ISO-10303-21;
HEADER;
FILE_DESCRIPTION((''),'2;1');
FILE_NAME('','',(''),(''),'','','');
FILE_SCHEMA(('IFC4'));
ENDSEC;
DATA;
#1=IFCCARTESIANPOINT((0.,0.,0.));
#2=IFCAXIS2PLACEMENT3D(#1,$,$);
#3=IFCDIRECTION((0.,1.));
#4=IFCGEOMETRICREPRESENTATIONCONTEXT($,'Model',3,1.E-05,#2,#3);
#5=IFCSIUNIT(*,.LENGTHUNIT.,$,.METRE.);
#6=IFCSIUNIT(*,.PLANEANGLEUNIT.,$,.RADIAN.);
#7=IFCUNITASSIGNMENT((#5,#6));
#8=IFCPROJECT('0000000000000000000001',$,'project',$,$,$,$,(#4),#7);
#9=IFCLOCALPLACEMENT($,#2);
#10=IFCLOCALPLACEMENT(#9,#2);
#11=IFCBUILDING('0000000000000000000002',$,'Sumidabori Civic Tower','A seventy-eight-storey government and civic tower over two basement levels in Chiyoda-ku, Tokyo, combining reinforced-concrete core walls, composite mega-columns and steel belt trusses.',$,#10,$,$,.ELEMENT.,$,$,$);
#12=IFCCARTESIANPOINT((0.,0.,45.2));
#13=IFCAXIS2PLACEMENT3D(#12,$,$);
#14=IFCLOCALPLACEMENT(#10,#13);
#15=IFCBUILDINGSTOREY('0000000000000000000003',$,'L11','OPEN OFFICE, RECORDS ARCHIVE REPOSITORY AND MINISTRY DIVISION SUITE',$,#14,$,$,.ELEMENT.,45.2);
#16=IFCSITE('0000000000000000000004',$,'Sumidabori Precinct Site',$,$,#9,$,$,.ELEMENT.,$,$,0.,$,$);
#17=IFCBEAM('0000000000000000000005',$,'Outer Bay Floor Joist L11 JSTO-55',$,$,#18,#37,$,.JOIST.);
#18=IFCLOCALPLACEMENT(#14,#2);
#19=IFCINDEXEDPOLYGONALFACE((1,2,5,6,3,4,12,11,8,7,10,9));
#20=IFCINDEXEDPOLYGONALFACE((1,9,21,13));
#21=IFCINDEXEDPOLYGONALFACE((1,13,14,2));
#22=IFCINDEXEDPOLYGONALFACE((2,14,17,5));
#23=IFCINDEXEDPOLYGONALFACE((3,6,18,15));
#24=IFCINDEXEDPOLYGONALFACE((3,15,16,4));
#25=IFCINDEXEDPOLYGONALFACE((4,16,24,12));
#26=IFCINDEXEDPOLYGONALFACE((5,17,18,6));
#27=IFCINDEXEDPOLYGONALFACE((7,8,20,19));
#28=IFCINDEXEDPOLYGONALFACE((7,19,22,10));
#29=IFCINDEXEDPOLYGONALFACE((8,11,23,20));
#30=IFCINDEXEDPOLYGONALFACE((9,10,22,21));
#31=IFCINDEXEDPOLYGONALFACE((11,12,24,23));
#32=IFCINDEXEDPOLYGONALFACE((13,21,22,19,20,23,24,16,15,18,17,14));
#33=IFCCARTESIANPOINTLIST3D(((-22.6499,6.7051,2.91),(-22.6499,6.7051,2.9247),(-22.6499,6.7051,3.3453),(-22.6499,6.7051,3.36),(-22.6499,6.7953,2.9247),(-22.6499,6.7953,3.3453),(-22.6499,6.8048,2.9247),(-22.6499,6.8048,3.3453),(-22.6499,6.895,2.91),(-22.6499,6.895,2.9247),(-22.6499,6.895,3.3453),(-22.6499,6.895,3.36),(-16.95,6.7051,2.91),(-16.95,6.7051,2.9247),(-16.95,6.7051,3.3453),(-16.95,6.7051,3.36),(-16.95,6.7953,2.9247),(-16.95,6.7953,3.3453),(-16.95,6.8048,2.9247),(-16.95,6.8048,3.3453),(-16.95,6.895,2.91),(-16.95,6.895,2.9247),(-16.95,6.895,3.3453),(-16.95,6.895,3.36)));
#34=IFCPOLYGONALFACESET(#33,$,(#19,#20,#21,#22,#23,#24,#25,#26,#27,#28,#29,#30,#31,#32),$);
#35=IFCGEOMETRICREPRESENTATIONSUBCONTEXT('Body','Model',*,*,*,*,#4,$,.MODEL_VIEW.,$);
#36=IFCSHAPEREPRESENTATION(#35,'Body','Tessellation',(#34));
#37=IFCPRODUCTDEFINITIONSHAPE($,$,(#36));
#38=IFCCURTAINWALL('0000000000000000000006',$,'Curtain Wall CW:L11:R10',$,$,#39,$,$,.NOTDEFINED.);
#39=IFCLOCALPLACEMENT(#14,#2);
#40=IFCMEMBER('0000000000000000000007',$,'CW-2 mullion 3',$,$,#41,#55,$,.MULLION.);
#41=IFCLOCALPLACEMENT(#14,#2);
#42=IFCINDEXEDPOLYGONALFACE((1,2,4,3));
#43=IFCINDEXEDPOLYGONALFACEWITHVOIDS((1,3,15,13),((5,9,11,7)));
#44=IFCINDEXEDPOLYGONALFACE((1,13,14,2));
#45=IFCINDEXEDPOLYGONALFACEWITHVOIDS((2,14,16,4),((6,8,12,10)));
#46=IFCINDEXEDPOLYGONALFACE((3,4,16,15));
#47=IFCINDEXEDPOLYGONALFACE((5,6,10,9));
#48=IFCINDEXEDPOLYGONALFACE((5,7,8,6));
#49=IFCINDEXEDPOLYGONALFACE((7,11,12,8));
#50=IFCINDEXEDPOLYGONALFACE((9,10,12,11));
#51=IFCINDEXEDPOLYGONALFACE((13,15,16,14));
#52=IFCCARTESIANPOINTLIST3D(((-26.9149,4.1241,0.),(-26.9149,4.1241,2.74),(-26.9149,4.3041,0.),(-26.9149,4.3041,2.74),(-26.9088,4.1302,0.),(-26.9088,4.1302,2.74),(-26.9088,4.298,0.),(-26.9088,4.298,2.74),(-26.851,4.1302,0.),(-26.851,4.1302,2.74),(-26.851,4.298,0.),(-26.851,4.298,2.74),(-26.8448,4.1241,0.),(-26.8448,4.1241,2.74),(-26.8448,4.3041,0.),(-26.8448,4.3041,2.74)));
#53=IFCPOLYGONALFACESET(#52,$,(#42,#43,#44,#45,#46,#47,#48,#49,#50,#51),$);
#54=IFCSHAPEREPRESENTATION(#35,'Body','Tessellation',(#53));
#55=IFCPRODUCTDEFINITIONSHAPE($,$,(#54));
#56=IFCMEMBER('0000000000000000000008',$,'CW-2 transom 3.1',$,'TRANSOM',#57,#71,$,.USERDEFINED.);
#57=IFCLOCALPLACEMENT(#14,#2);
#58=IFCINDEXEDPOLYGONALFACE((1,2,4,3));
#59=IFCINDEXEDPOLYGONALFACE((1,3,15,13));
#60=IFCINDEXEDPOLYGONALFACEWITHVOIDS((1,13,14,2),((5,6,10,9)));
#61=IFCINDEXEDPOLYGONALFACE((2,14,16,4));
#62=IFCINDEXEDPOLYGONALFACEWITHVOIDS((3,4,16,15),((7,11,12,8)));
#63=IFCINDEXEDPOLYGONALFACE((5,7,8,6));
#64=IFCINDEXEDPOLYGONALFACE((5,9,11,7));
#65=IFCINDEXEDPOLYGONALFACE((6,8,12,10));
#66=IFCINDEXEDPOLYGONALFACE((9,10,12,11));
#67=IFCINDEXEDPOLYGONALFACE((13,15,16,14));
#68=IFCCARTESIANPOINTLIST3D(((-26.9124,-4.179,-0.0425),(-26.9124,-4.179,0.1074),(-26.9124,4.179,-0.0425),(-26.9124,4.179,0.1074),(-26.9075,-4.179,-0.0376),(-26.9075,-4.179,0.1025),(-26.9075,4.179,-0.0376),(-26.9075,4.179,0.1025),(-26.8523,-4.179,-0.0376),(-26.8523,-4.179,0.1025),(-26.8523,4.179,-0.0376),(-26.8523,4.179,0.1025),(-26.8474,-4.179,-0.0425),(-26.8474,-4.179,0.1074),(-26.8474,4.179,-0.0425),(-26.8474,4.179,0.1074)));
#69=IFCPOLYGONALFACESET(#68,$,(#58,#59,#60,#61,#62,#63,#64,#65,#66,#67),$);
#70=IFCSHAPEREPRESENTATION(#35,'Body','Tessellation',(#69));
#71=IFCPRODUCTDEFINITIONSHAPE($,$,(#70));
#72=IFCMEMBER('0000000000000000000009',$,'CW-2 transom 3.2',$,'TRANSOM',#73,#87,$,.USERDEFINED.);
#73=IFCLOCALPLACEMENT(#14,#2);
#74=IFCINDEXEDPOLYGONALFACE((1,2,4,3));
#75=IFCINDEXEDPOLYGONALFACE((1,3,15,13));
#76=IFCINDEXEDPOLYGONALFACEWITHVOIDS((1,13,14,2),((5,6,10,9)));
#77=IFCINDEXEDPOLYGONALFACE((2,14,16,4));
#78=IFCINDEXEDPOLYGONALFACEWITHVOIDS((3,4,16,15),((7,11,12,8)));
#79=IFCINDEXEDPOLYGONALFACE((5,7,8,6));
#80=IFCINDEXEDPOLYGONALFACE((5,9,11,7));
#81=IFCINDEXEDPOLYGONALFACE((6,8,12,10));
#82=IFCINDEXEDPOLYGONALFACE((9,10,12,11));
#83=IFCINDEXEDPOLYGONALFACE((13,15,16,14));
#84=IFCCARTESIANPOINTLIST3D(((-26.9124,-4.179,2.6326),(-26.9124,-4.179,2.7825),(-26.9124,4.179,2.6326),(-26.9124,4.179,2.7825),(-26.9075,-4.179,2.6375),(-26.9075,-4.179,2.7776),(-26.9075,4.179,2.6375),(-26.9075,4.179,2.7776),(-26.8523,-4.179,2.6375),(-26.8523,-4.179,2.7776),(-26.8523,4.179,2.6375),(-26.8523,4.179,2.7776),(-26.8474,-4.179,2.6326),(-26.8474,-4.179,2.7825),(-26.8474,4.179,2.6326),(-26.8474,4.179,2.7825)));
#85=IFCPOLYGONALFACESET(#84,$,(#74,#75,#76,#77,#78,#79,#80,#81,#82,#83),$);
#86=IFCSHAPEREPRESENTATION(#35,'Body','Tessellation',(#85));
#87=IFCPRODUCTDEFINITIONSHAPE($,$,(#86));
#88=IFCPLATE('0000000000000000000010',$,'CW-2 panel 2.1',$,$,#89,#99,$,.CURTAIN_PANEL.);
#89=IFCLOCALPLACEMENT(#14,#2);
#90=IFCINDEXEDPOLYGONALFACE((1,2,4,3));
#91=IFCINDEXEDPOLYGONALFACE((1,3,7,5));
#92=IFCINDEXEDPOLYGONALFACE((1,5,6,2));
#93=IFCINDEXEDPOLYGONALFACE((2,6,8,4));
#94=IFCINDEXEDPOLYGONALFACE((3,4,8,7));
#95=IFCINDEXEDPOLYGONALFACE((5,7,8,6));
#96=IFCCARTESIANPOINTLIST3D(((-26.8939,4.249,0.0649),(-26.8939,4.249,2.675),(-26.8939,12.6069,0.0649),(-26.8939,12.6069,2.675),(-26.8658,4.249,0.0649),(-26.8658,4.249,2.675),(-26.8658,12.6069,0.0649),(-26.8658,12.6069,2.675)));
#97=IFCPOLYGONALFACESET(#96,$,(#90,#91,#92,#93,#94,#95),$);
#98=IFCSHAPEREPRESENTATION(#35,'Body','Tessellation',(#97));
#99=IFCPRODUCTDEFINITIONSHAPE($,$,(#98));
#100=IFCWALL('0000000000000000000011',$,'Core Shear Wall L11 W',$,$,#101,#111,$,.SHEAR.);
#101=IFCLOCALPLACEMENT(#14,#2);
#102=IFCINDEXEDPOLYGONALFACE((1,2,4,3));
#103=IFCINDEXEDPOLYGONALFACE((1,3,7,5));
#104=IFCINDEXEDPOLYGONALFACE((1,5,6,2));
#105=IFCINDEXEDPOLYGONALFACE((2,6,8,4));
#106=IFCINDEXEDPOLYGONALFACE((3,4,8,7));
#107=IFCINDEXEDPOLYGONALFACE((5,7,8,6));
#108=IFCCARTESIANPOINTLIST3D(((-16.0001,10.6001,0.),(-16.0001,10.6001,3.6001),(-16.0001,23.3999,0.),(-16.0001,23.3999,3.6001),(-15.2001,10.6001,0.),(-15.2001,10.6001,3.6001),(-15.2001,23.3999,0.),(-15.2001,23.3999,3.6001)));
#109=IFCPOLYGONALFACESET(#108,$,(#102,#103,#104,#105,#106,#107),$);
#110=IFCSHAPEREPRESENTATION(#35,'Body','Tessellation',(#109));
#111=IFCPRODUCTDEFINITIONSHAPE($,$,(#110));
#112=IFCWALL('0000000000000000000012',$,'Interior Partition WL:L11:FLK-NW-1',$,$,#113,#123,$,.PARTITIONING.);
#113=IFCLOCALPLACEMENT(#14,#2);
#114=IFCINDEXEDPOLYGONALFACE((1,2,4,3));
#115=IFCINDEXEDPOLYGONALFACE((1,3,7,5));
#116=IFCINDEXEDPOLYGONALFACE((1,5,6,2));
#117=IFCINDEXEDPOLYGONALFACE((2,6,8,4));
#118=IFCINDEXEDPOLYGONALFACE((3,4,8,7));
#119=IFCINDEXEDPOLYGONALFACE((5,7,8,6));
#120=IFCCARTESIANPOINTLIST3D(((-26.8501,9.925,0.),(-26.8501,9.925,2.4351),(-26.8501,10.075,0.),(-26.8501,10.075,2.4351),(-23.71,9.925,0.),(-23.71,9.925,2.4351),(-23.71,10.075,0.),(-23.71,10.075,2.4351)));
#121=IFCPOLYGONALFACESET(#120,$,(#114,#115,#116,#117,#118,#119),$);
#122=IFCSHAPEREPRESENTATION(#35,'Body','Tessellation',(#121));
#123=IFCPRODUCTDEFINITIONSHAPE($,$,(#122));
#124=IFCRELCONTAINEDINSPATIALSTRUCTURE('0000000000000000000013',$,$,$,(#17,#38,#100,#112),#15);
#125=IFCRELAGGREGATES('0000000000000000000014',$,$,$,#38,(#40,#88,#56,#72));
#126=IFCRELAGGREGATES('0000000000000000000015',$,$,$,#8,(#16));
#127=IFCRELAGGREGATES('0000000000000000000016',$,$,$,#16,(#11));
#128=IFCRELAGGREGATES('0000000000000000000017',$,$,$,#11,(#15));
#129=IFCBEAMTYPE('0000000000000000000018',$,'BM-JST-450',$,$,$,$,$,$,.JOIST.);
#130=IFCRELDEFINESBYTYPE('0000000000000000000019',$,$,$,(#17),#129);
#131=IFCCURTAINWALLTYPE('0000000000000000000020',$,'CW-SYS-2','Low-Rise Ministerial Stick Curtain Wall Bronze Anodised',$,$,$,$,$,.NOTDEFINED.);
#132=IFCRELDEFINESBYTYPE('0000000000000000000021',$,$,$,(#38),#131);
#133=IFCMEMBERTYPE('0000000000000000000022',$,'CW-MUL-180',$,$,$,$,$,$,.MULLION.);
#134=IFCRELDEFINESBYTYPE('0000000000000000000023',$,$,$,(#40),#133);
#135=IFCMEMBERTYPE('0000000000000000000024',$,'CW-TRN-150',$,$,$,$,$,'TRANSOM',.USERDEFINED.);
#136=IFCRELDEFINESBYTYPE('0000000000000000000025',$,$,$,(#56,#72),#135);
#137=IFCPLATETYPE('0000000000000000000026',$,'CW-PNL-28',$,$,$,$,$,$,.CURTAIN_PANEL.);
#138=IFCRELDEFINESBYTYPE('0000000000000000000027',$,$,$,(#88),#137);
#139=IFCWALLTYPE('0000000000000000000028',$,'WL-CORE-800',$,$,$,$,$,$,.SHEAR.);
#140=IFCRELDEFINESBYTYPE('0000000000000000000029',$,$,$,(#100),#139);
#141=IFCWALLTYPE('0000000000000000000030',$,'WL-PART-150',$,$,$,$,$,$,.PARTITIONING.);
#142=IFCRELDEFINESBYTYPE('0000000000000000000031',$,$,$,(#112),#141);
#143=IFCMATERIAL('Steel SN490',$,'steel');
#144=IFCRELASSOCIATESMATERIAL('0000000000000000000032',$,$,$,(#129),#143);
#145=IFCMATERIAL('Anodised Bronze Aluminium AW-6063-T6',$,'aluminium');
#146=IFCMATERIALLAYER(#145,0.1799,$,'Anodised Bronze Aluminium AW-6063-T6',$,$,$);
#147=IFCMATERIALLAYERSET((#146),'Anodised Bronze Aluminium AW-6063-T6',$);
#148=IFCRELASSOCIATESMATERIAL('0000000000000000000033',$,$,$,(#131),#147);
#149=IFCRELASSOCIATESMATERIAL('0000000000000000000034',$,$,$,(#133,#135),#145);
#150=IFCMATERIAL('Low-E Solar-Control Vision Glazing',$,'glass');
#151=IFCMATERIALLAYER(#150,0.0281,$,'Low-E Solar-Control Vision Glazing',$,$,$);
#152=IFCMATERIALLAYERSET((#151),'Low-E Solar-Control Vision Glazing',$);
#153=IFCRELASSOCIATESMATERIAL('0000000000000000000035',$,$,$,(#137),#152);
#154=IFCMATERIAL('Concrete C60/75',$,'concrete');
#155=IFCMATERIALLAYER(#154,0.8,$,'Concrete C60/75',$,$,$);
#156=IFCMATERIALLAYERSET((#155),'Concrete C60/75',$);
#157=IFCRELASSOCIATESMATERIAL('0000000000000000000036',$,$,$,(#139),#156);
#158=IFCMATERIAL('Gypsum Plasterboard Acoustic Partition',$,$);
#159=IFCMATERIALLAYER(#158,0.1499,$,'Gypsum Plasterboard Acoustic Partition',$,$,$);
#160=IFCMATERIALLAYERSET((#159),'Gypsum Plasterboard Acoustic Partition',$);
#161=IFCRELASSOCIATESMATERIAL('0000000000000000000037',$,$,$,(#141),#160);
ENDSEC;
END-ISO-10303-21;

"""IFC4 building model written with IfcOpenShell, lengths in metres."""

from ifc_helpers import new_model, si_unit, direction, frame, frame_2d, origin, origin_2d, place, context, subcontext, project, spatial, rectangle, hollow_rectangle, i_section, extrude, source, transform, mapped, material, layer, layer_set, material_profile, profile_set, type_object, element, aggregate, save


model = new_model("IFC4")

# Units and contexts
model_context = context("Model", 3, precision=1e-05, world=origin(), true_north=direction((0.0, 1.0)))
body_context = subcontext(model_context, "Body", "Model", "MODEL_VIEW")
ifc_project = project(units=[si_unit("LENGTHUNIT", "METRE"), si_unit("PLANEANGLEUNIT", "RADIAN")], contexts=[model_context])

# Site, building, storey
site_placement = place(None, origin())
site = spatial("IfcSite", under=ifc_project, at=site_placement, Name="Sumidabori Precinct Site", CompositionType="ELEMENT", RefElevation=0.0)
building_placement = place(site_placement, origin())
building = spatial("IfcBuilding", under=site, at=building_placement, Name="Sumidabori Civic Tower", Description="A seventy-eight-storey government and civic tower over two basement levels in Chiyoda-ku, Tokyo, combining reinforced-concrete core walls, composite mega-columns and steel belt trusses.", CompositionType="ELEMENT")
storey_placement = place(building_placement, frame((0.0, 0.0, 45.2)))
storey = spatial("IfcBuildingStorey", under=building, at=storey_placement, Name="L11", Description="OPEN OFFICE, RECORDS ARCHIVE REPOSITORY AND MINISTRY DIVISION SUITE", CompositionType="ELEMENT", Elevation=45.2)

# Shared definitions
ifc_material_1 = material(Name="Concrete C60/75", Category="concrete")

# Beam
ifc_material_2 = material(Name="Steel SN490", Category="steel")
ifc_material_profile_1 = material_profile(ifc_material_2, i_section(OverallWidth=0.1899, OverallDepth=0.45, WebThickness=0.0095, FlangeThickness=0.0146, at=origin_2d()), Name="IPE 450")
ifc_profile_set_1 = profile_set([ifc_material_profile_1], Name="Steel SN490")
beam_type_1 = type_object("IfcBeamType", Name="BM-JST-450", PredefinedType="JOIST", material=ifc_profile_set_1)
shared_shape_1 = source(origin(), body_context, "Body", "SweptSolid", [
    extrude(i_section(OverallWidth=0.1899, OverallDepth=0.45, WebThickness=0.0095, FlangeThickness=0.0146, at=origin_2d()), origin(), (0.0, 0.0, 1.0), 5.7),
])
for number, where, z_axis, x_axis, name in (
    (1, (-22.6499, 6.8, 3.135), (1.0, 0.0, 0.0), (0.0, 1.0, 0.0), "Outer Bay Floor Joist L11 JSTO-55"),
):
    element("IfcBeam", number, at=place(storey_placement, frame(where, z_axis=z_axis, x_axis=x_axis)), inside=storey, type_object=beam_type_1, Name=name, PredefinedType="JOIST", context=body_context, shape_type="MappedRepresentation", body=[
        mapped(shared_shape_1, transform((0.0, 0.0, 0.0), x_axis=(1.0, 0.0, 0.0), y_axis=(0.0, 1.0, 0.0), z_axis=(0.0, 0.0, 1.0), scale=1.0)),
    ])

# Curtain wall, members, plate
ifc_material_3 = material(Name="Anodised Bronze Aluminium AW-6063-T6", Category="aluminium")
ifc_layer_1 = layer(ifc_material_3, 0.1799, Name="Anodised Bronze Aluminium AW-6063-T6")
ifc_layer_set_1 = layer_set([ifc_layer_1], Name="Anodised Bronze Aluminium AW-6063-T6")
curtain_wall_type = type_object("IfcCurtainWallType", Name="CW-SYS-2", Description="Low-Rise Ministerial Stick Curtain Wall Bronze Anodised", PredefinedType="NOTDEFINED", material=ifc_layer_set_1)
curtain_wall_placement = place(storey_placement, origin())
curtain_wall = element("IfcCurtainWall", 2, at=curtain_wall_placement, inside=storey, type_object=curtain_wall_type, Name="Curtain Wall CW:L11:R10", PredefinedType="NOTDEFINED")
ifc_material_profile_2 = material_profile(ifc_material_3, hollow_rectangle(XDim=0.0701, YDim=0.1799, WallThickness=0.0061, at=origin_2d()), Name="ALU MULLION 180x70")
ifc_profile_set_2 = profile_set([ifc_material_profile_2], Name="Anodised Bronze Aluminium AW-6063-T6")
member_type_1 = type_object("IfcMemberType", Name="CW-MUL-180", PredefinedType="MULLION", material=ifc_profile_set_2)
shared_shape_2 = source(origin(), body_context, "Body", "SweptSolid", [
    extrude(hollow_rectangle(XDim=0.0701, YDim=0.1799, WallThickness=0.0061, at=origin_2d()), origin(), (0.0, 0.0, 1.0), 2.74),
])
member_1_placement = place(storey_placement, frame((-26.8799, 4.2141, 0.0), z_axis=(0.0, 0.0, 1.0), x_axis=(1.0, 0.0, 0.0)))
member_1 = element("IfcMember", 3, at=member_1_placement, type_object=member_type_1, Name="CW-2 mullion 3", PredefinedType="MULLION", context=body_context, shape_type="MappedRepresentation", body=[
    mapped(shared_shape_2, transform((0.0, 0.0, 0.0), x_axis=(1.0, 0.0, 0.0), y_axis=(0.0, 1.0, 0.0), z_axis=(0.0, 0.0, 1.0), scale=1.0)),
])
ifc_material_profile_3 = material_profile(ifc_material_3, hollow_rectangle(XDim=0.0649, YDim=0.1499, WallThickness=0.0049, at=origin_2d()), Name="ALU TRANSOM 150x65")
ifc_profile_set_3 = profile_set([ifc_material_profile_3], Name="Anodised Bronze Aluminium AW-6063-T6")
member_type_2 = type_object("IfcMemberType", Name="CW-TRN-150", ElementType="TRANSOM", PredefinedType="USERDEFINED", material=ifc_profile_set_3)
shared_shape_3 = source(origin(), body_context, "Body", "SweptSolid", [
    extrude(hollow_rectangle(XDim=0.0649, YDim=0.1499, WallThickness=0.0049, at=origin_2d()), origin(), (0.0, 0.0, 1.0), 8.3579),
])
member_2_placement = place(storey_placement, frame((-26.8799, 4.179, 0.0325), z_axis=(0.0, -1.0, 0.0), x_axis=(1.0, 0.0, 0.0)))
member_2 = element("IfcMember", 4, at=member_2_placement, type_object=member_type_2, Name="CW-2 transom 3.1", ObjectType="TRANSOM", PredefinedType="USERDEFINED", context=body_context, shape_type="MappedRepresentation", body=[
    mapped(shared_shape_3, transform((0.0, 0.0, 0.0), x_axis=(1.0, 0.0, 0.0), y_axis=(0.0, 1.0, 0.0), z_axis=(0.0, 0.0, 1.0), scale=1.0)),
])
member_3_placement = place(storey_placement, frame((-26.8799, 4.179, 2.7075), z_axis=(0.0, -1.0, 0.0), x_axis=(1.0, 0.0, 0.0)))
member_3 = element("IfcMember", 5, at=member_3_placement, type_object=member_type_2, Name="CW-2 transom 3.2", ObjectType="TRANSOM", PredefinedType="USERDEFINED", context=body_context, shape_type="MappedRepresentation", body=[
    mapped(shared_shape_3, transform((0.0, 0.0, 0.0), x_axis=(1.0, 0.0, 0.0), y_axis=(0.0, 1.0, 0.0), z_axis=(0.0, 0.0, 1.0), scale=1.0)),
])
ifc_material_4 = material(Name="Low-E Solar-Control Vision Glazing", Category="glass")
ifc_layer_2 = layer(ifc_material_4, 0.0281, Name="Low-E Solar-Control Vision Glazing")
ifc_layer_set_2 = layer_set([ifc_layer_2], Name="Low-E Solar-Control Vision Glazing")
plate_type = type_object("IfcPlateType", Name="CW-PNL-28", PredefinedType="CURTAIN_PANEL", material=ifc_layer_set_2)
shared_shape_4 = source(origin(), body_context, "Body", "SweptSolid", [
    extrude(rectangle(XDim=8.3579, YDim=0.0281, at=origin_2d()), origin(), (0.0, 0.0, 1.0), 2.6101),
])
plate_placement = place(storey_placement, frame((-26.8799, 8.428, 0.0649), z_axis=(0.0, 0.0, 1.0), x_axis=(0.0, -1.0, 0.0)))
plate = element("IfcPlate", 6, at=plate_placement, type_object=plate_type, Name="CW-2 panel 2.1", PredefinedType="CURTAIN_PANEL", context=body_context, shape_type="MappedRepresentation", body=[
    mapped(shared_shape_4, transform((0.0, 0.0, 0.0), x_axis=(1.0, 0.0, 0.0), y_axis=(0.0, 1.0, 0.0), z_axis=(0.0, 0.0, 1.0), scale=1.0)),
])
aggregate(curtain_wall, [member_1, plate, member_2, member_3])

# Shared definitions
ifc_layer_3 = layer(ifc_material_1, 0.8, Name="Concrete C60/75")
ifc_layer_set_3 = layer_set([ifc_layer_3], Name="Concrete C60/75")
wall_type_1 = type_object("IfcWallType", Name="WL-CORE-800", PredefinedType="SHEAR", material=ifc_layer_set_3)

# Walls
shared_shape_5 = source(origin(), body_context, "Body", "SweptSolid", [
    extrude(rectangle(XDim=12.7998, YDim=0.8, at=frame_2d((6.3999, 0.0))), origin(), (0.0, 0.0, 1.0), 3.6001),
])
wall_1_placement = place(storey_placement, frame((-15.6001, 10.6001, 0.0), z_axis=(0.0, 0.0, 1.0), x_axis=(0.0, 1.0, 0.0)))
element("IfcWall", 7, at=wall_1_placement, inside=storey, type_object=wall_type_1, Name="Core Shear Wall L11 W", PredefinedType="SHEAR", context=body_context, shape_type="MappedRepresentation", body=[
    mapped(shared_shape_5, transform((0.0, 0.0, 0.0), x_axis=(1.0, 0.0, 0.0), y_axis=(0.0, 1.0, 0.0), z_axis=(0.0, 0.0, 1.0), scale=1.0)),
])
ifc_material_5 = material(Name="Gypsum Plasterboard Acoustic Partition")
ifc_layer_4 = layer(ifc_material_5, 0.1499, Name="Gypsum Plasterboard Acoustic Partition")
ifc_layer_set_4 = layer_set([ifc_layer_4], Name="Gypsum Plasterboard Acoustic Partition")
wall_type_2 = type_object("IfcWallType", Name="WL-PART-150", PredefinedType="PARTITIONING", material=ifc_layer_set_4)
shared_shape_6 = source(origin(), body_context, "Body", "SweptSolid", [
    extrude(rectangle(XDim=3.1401, YDim=0.1499, at=frame_2d((1.5701, 0.0))), origin(), (0.0, 0.0, 1.0), 2.4351),
])
wall_2_placement = place(storey_placement, frame((-26.8501, 10.0, 0.0), z_axis=(0.0, 0.0, 1.0), x_axis=(1.0, 0.0, 0.0)))
element("IfcWall", 8, at=wall_2_placement, inside=storey, type_object=wall_type_2, Name="Interior Partition WL:L11:FLK-NW-1", PredefinedType="PARTITIONING", context=body_context, shape_type="MappedRepresentation", body=[
    mapped(shared_shape_6, transform((0.0, 0.0, 0.0), x_axis=(1.0, 0.0, 0.0), y_axis=(0.0, 1.0, 0.0), z_axis=(0.0, 0.0, 1.0), scale=1.0)),
])

save(model, "model.ifc")
